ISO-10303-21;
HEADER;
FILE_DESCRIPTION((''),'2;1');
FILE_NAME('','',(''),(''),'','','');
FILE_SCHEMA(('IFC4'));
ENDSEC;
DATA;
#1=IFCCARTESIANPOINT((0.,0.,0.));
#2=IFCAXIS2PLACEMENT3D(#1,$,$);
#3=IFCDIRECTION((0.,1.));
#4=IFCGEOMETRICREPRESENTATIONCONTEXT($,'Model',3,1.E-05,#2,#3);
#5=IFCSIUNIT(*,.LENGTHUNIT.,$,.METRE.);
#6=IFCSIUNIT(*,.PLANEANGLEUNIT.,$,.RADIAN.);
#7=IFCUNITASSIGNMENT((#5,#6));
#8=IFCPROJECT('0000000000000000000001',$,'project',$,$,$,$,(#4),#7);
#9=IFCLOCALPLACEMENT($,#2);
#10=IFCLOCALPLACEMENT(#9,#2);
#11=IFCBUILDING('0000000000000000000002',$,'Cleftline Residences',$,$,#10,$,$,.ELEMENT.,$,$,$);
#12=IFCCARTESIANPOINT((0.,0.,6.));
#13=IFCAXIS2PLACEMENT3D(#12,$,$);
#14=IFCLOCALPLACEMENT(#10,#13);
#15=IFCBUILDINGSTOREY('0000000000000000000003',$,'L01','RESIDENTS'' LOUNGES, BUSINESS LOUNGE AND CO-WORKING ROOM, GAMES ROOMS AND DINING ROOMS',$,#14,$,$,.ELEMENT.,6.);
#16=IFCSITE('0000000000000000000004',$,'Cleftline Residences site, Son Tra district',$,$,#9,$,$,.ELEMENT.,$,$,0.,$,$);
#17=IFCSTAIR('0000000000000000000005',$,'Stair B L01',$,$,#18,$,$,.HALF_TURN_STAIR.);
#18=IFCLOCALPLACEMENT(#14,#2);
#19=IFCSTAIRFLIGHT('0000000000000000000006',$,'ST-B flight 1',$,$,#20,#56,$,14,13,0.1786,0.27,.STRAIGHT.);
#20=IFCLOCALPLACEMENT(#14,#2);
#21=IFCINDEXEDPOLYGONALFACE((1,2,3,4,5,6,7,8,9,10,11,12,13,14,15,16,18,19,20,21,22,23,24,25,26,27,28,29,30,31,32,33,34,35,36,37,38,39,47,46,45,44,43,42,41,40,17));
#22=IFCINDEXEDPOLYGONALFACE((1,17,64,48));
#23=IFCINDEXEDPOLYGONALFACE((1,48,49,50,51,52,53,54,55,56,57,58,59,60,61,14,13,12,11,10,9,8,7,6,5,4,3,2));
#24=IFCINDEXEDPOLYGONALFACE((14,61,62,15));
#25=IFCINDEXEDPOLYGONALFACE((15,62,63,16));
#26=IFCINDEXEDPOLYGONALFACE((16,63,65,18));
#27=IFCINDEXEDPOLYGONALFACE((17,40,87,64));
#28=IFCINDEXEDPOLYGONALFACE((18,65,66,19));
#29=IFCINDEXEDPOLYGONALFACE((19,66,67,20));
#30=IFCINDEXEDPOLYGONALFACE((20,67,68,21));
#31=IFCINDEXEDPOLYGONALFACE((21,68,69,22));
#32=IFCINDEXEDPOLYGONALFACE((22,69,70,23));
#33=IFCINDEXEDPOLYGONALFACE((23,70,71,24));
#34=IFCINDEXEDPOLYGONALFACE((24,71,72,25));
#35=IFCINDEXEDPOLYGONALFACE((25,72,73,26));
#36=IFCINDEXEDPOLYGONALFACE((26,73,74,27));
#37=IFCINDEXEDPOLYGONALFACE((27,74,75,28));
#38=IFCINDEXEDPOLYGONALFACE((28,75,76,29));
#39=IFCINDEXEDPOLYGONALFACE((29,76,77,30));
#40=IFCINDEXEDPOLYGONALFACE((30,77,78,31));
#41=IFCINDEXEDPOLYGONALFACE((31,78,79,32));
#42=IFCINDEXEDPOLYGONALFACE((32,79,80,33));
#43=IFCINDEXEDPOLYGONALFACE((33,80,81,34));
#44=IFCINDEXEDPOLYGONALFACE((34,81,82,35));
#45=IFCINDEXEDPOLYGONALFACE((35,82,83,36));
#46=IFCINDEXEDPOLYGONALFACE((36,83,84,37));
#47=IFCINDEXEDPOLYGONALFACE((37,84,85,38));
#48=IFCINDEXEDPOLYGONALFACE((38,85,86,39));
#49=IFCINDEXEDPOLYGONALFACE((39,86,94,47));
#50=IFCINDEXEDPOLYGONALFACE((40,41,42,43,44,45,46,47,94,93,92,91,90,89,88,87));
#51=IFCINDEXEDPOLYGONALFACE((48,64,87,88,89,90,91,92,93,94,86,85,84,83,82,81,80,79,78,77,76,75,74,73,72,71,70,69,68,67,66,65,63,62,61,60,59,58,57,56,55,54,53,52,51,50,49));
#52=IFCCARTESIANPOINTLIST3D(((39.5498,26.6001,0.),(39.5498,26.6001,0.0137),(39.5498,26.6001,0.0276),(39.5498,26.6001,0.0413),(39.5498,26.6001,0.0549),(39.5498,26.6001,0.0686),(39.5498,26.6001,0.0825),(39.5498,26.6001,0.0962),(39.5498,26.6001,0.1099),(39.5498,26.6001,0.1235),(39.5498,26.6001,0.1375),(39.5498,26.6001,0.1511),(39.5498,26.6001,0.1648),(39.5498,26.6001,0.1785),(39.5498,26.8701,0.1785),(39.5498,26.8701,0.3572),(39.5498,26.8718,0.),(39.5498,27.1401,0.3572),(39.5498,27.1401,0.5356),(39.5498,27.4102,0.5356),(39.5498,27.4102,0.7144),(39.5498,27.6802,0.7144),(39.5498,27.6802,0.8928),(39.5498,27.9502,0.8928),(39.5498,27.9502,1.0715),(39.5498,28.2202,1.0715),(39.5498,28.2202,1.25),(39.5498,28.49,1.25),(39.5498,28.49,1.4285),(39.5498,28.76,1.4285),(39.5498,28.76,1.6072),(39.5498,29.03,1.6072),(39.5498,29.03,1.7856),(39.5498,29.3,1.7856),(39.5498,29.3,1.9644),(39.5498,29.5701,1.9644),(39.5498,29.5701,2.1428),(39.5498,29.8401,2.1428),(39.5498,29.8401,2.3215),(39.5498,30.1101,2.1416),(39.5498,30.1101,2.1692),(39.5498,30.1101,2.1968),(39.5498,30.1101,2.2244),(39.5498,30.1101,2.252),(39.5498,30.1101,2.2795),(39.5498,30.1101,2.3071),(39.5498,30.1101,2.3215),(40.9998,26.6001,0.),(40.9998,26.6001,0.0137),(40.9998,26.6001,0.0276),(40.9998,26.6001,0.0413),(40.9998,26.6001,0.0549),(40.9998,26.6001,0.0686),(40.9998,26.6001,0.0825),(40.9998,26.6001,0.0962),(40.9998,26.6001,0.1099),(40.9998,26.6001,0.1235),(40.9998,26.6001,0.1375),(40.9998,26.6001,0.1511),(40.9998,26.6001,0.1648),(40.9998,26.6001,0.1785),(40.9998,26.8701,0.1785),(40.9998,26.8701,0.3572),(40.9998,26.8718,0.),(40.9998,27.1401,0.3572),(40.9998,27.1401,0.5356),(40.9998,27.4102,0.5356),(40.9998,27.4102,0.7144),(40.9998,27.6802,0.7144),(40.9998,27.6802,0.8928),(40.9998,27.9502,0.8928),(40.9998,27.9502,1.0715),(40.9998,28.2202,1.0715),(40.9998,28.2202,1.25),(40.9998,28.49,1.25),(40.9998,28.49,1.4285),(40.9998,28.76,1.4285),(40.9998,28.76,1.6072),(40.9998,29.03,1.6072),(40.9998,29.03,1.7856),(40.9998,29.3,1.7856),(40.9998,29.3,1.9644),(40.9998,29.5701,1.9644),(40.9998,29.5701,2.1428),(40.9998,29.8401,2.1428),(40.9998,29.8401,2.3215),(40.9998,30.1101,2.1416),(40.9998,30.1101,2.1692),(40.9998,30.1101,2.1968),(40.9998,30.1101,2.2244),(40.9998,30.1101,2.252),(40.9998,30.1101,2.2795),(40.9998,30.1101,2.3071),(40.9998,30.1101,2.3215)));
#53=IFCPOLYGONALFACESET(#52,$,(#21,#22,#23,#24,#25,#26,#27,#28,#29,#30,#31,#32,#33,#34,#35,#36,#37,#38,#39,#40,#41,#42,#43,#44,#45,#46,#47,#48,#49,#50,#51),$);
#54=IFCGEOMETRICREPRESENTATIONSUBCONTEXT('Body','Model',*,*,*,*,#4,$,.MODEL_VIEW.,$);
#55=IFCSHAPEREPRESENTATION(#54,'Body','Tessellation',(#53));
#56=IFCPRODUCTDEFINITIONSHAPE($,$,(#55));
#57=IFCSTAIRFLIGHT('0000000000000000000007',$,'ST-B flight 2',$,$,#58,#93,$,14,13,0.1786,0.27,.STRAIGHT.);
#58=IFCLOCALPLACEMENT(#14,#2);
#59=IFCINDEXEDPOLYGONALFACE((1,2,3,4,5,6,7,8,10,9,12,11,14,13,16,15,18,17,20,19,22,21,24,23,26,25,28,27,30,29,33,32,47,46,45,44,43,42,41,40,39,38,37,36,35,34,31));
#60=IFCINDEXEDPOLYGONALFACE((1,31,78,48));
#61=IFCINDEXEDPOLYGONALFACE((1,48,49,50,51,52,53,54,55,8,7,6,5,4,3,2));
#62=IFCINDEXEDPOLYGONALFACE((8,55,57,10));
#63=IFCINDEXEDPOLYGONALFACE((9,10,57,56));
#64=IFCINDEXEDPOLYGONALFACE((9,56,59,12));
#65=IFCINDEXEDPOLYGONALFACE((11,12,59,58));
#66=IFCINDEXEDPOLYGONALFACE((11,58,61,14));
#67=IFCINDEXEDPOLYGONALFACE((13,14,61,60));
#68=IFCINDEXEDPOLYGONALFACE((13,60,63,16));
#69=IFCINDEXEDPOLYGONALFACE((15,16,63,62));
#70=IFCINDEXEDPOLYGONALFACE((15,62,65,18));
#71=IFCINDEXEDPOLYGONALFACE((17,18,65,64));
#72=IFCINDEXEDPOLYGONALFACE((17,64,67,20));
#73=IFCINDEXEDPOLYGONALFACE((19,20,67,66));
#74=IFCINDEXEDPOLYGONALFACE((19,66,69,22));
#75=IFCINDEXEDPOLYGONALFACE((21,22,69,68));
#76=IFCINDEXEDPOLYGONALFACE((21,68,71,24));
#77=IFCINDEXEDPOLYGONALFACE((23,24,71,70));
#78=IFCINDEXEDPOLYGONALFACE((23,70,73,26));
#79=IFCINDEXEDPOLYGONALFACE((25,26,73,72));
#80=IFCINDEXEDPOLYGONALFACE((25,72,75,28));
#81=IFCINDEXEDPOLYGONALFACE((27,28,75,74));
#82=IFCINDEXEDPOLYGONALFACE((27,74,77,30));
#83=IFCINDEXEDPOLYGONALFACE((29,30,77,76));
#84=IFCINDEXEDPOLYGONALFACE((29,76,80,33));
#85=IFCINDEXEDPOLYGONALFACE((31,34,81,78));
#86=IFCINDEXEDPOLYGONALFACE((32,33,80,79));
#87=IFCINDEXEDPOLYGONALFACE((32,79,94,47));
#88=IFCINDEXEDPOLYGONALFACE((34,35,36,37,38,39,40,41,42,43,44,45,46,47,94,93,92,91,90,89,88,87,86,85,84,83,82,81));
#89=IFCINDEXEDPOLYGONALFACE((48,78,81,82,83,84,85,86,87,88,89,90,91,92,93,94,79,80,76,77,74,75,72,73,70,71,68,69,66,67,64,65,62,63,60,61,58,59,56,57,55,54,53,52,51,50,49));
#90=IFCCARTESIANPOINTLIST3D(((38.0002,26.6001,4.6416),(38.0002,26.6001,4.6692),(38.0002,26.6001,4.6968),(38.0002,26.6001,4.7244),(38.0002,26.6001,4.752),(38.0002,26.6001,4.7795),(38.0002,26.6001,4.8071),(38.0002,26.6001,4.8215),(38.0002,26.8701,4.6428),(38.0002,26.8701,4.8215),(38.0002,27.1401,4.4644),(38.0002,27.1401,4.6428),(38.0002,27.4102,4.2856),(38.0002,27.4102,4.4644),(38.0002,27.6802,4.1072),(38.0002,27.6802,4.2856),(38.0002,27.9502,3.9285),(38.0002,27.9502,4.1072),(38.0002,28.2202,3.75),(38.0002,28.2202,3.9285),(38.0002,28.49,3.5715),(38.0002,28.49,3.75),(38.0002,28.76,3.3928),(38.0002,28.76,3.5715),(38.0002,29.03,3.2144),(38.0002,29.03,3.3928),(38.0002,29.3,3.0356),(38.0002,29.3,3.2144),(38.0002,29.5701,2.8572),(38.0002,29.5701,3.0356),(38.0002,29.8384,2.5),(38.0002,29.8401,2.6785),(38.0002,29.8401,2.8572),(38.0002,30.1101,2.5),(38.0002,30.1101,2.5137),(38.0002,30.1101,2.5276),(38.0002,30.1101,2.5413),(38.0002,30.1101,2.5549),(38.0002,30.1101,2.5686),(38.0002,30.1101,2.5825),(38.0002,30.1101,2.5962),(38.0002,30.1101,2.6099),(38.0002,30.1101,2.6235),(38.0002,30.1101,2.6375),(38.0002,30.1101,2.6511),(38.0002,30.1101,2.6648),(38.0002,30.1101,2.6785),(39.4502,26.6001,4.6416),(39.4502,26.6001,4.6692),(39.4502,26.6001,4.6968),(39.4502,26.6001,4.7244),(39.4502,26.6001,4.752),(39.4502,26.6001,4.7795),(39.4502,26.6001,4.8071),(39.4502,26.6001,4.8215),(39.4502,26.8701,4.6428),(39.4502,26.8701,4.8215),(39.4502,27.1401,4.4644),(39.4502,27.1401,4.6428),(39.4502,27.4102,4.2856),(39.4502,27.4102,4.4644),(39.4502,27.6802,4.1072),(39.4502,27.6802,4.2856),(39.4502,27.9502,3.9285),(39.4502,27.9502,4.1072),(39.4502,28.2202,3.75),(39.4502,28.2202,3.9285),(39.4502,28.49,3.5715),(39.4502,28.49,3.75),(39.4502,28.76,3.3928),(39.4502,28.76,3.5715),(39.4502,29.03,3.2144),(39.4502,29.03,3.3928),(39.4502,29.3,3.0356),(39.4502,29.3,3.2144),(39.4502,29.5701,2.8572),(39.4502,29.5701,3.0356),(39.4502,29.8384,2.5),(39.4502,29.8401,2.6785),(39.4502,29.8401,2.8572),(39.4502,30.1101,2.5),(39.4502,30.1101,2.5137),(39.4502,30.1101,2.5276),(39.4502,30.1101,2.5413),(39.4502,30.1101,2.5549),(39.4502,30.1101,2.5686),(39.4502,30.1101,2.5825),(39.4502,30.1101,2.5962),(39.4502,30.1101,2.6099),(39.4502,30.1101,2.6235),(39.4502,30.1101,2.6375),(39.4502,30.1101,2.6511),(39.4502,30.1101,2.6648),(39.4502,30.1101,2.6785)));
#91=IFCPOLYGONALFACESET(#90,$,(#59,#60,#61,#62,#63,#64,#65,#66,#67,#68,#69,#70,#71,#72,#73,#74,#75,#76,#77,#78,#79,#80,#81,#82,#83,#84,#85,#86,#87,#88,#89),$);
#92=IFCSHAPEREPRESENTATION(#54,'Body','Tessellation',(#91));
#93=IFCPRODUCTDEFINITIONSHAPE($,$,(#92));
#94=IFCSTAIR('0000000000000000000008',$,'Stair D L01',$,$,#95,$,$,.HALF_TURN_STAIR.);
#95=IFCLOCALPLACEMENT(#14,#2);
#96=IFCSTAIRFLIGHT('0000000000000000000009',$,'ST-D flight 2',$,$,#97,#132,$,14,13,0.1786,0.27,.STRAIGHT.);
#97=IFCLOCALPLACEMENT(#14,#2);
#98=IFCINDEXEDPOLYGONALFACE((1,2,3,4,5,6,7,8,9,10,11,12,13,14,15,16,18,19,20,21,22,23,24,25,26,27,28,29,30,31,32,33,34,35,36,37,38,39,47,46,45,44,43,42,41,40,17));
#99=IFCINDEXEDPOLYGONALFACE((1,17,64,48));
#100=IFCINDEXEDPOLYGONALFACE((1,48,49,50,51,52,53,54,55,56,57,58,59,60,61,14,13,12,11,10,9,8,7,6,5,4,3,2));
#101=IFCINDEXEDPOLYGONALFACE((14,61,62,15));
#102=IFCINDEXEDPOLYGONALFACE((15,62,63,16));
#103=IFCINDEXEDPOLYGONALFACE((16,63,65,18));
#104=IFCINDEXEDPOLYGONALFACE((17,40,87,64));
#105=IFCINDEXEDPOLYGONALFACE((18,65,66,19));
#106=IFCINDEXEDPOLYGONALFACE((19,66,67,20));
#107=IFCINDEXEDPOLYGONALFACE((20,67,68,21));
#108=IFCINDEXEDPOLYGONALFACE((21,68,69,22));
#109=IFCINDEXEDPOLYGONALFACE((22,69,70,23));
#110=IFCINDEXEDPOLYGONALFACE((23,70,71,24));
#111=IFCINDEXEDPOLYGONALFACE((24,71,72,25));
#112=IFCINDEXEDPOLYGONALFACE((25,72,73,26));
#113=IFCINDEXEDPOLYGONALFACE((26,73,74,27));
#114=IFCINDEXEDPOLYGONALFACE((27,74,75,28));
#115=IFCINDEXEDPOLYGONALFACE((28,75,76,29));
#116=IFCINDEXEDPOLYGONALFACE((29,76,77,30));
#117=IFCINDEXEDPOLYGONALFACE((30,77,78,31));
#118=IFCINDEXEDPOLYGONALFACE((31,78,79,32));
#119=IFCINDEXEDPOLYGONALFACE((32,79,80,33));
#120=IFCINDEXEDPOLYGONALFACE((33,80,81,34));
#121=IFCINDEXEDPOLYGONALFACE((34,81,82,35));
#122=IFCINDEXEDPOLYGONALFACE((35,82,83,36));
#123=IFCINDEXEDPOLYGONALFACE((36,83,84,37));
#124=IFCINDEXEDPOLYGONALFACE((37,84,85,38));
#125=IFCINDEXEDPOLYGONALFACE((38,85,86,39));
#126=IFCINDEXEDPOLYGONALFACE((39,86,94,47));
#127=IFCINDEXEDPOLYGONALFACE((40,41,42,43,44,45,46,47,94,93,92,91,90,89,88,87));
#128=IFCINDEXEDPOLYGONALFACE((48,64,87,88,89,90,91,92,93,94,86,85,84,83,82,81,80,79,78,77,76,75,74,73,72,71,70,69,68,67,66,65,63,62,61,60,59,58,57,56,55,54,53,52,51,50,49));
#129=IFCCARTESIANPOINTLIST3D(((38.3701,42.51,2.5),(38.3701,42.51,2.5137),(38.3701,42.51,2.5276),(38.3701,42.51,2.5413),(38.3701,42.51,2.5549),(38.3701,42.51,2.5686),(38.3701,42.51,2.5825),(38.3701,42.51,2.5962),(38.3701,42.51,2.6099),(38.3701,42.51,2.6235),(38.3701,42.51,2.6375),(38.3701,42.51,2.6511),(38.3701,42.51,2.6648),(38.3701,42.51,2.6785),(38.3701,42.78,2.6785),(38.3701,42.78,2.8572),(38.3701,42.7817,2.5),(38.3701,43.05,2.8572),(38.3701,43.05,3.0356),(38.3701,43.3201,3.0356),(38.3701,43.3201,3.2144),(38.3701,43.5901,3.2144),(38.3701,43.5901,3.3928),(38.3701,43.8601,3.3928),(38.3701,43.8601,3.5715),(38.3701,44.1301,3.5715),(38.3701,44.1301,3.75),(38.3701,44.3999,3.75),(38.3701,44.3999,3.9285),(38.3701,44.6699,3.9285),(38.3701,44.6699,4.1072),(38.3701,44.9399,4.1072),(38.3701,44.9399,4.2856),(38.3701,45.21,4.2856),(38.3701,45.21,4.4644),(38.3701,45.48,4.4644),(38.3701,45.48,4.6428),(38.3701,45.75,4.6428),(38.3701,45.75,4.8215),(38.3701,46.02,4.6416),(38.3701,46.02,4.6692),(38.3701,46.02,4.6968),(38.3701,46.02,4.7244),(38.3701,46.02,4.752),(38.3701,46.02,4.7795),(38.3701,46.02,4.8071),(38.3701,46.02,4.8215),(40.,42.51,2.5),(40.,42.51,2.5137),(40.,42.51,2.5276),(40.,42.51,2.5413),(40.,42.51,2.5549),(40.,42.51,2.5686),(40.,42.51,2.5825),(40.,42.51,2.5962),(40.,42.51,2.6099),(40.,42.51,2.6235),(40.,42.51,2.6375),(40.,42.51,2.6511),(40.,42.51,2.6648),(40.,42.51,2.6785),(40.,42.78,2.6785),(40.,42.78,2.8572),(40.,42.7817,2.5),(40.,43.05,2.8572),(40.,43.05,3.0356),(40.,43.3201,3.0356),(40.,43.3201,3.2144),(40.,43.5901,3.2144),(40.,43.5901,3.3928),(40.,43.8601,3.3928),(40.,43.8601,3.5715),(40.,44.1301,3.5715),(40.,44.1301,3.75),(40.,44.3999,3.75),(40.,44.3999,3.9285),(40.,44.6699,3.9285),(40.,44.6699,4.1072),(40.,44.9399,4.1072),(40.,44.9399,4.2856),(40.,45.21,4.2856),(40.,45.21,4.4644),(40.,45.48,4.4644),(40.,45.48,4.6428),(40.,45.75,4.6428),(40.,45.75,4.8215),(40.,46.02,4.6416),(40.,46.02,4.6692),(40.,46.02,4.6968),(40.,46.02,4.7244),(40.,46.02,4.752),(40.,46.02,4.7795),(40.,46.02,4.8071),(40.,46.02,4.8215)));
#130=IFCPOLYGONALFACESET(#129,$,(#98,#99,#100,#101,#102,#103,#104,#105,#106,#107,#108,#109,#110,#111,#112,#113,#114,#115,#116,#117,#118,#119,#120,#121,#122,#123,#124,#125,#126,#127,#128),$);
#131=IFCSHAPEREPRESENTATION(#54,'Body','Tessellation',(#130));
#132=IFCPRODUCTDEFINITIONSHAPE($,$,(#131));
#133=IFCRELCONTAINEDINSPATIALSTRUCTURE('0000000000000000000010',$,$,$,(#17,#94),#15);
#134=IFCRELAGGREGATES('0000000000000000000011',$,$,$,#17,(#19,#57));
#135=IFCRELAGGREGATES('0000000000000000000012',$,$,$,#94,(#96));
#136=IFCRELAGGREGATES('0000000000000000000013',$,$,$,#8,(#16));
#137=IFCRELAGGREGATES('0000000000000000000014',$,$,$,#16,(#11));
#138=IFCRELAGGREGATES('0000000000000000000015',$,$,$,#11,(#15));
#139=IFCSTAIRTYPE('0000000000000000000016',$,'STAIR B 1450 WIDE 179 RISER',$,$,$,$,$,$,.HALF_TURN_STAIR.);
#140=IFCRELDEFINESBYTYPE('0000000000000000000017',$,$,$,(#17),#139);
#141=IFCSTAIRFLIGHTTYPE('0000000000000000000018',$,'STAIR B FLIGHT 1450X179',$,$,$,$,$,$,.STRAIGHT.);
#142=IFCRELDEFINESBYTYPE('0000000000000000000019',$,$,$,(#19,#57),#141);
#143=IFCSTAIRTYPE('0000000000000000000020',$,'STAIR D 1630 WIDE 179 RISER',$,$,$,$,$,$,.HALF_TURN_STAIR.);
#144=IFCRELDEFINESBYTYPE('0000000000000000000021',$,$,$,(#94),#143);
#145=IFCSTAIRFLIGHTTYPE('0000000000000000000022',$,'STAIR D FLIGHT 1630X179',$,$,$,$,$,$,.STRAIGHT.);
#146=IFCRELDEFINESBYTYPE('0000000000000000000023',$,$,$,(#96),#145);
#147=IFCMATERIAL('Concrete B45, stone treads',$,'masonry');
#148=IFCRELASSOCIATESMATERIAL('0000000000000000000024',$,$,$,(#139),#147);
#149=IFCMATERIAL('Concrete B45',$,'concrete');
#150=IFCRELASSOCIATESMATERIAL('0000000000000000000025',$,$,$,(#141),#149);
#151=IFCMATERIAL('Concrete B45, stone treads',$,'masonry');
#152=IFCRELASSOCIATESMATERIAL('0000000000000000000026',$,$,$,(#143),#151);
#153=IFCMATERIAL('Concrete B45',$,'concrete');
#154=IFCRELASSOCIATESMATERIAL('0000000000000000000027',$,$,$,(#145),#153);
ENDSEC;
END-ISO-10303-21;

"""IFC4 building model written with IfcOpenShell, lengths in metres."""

from ifc_helpers import new_model, si_unit, direction, frame, origin, place, context, subcontext, project, spatial, polyline, outline, extrude, material, type_object, element, aggregate, save


model = new_model("IFC4")

# Units and contexts
model_context = context("Model", 3, precision=1e-05, world=origin(), true_north=direction((0.0, 1.0)))
body_context = subcontext(model_context, "Body", "Model", "MODEL_VIEW")
ifc_project = project(units=[si_unit("LENGTHUNIT", "METRE"), si_unit("PLANEANGLEUNIT", "RADIAN")], contexts=[model_context])

# Site, building, storey
site_placement = place(None, origin())
site = spatial("IfcSite", under=ifc_project, at=site_placement, Name="Cleftline Residences site, Son Tra district", CompositionType="ELEMENT", RefElevation=0.0)
building_placement = place(site_placement, origin())
building = spatial("IfcBuilding", under=site, at=building_placement, Name="Cleftline Residences", CompositionType="ELEMENT")
storey_placement = place(building_placement, frame((0.0, 0.0, 6.0)))
storey = spatial("IfcBuildingStorey", under=building, at=storey_placement, Name="L01", Description="RESIDENTS' LOUNGES, BUSINESS LOUNGE AND CO-WORKING ROOM, GAMES ROOMS AND DINING ROOMS", CompositionType="ELEMENT", Elevation=6.0)

# Stair, stair flights
ifc_material_1 = material(Name="Concrete B45, stone treads", Category="masonry")
stair_type_1 = type_object("IfcStairType", Name="STAIR B 1450 WIDE 179 RISER", PredefinedType="HALF_TURN_STAIR", material=ifc_material_1)
stair_1_placement = place(storey_placement, origin())
stair_1 = element("IfcStair", 1, at=stair_1_placement, inside=storey, type_object=stair_type_1, Name="Stair B L01", PredefinedType="HALF_TURN_STAIR")
ifc_material_2 = material(Name="Concrete B45", Category="concrete")
stair_flight_type_1 = type_object("IfcStairFlightType", Name="STAIR B FLIGHT 1450X179", PredefinedType="STRAIGHT", material=ifc_material_2)
stair_flight_1_placement = place(storey_placement, frame((40.2749, 26.6001, 0.0), z_axis=(0.0, 0.0, 1.0), x_axis=(0.0, 1.0, 0.0)))
stair_flight_1 = element("IfcStairFlight", 2, at=stair_flight_1_placement, type_object=stair_flight_type_1, Name="ST-B flight 1", NumberOfRisers=14, NumberOfTreads=13, PredefinedType="STRAIGHT", RiserHeight=0.1786, TreadLength=0.27, context=body_context, shape_type="SweptSolid", body=[
    extrude(outline(polyline([(0.0, 0.0), (0.0, 0.0137), (0.0, 0.0276), (0.0, 0.0413), (0.0, 0.0549), (0.0, 0.0686), (0.0, 0.0825), (0.0, 0.0962), (0.0, 0.1099), (0.0, 0.1235), (0.0, 0.1375), (0.0, 0.1511), (0.0, 0.1648), (0.0, 0.1785), (0.27, 0.1785), (0.27, 0.3572), (0.54, 0.3572), (0.54, 0.5356), (0.8101, 0.5356), (0.8101, 0.7144), (1.0801, 0.7144), (1.0801, 0.8928), (1.3501, 0.8928), (1.3501, 1.0715), (1.6201, 1.0715), (1.6201, 1.25), (1.8899, 1.25), (1.8899, 1.4285), (2.1599, 1.4285), (2.1599, 1.6072), (2.4299, 1.6072), (2.4299, 1.7856), (2.7, 1.7856), (2.7, 1.9644), (2.97, 1.9644), (2.97, 2.1428), (3.24, 2.1428), (3.24, 2.3215), (3.51, 2.3215), (3.51, 2.5), (3.51, 2.4724), (3.51, 2.4448), (3.51, 2.4172), (3.51, 2.3896), (3.51, 2.3623), (3.51, 2.3347), (3.51, 2.3071), (3.51, 2.2795), (3.51, 2.252), (3.51, 2.2244), (3.51, 2.1968), (3.51, 2.1692), (3.51, 2.1416), (0.2717, 0.0), (0.0, 0.0)])), frame((0.0, 0.7251, 0.0), z_axis=(0.0, -1.0, 0.0), x_axis=(1.0, 0.0, 0.0)), (0.0, 0.0, 1.0), 1.45),
])
stair_flight_2_placement = place(storey_placement, frame((38.7251, 30.1101, 2.5), z_axis=(0.0, 0.0, 1.0), x_axis=(0.0, -1.0, 0.0)))
stair_flight_2 = element("IfcStairFlight", 3, at=stair_flight_2_placement, type_object=stair_flight_type_1, Name="ST-B flight 2", NumberOfRisers=14, NumberOfTreads=13, PredefinedType="STRAIGHT", RiserHeight=0.1786, TreadLength=0.27, context=body_context, shape_type="SweptSolid", body=[
    extrude(outline(polyline([(0.0, 0.0), (0.0, 0.0137), (0.0, 0.0276), (0.0, 0.0413), (0.0, 0.0549), (0.0, 0.0686), (0.0, 0.0825), (0.0, 0.0962), (0.0, 0.1099), (0.0, 0.1235), (0.0, 0.1375), (0.0, 0.1511), (0.0, 0.1648), (0.0, 0.1785), (0.27, 0.1785), (0.27, 0.3572), (0.54, 0.3572), (0.54, 0.5356), (0.8101, 0.5356), (0.8101, 0.7144), (1.0801, 0.7144), (1.0801, 0.8928), (1.3501, 0.8928), (1.3501, 1.0715), (1.6201, 1.0715), (1.6201, 1.25), (1.8899, 1.25), (1.8899, 1.4285), (2.1599, 1.4285), (2.1599, 1.6072), (2.4299, 1.6072), (2.4299, 1.7856), (2.7, 1.7856), (2.7, 1.9644), (2.97, 1.9644), (2.97, 2.1428), (3.24, 2.1428), (3.24, 2.3215), (3.51, 2.3215), (3.51, 2.5), (3.51, 2.4724), (3.51, 2.4448), (3.51, 2.4172), (3.51, 2.3896), (3.51, 2.3623), (3.51, 2.3347), (3.51, 2.3071), (3.51, 2.2795), (3.51, 2.252), (3.51, 2.2244), (3.51, 2.1968), (3.51, 2.1692), (3.51, 2.1416), (0.2717, 0.0), (0.0, 0.0)])), frame((0.0, 0.7251, 0.0), z_axis=(0.0, -1.0, 0.0), x_axis=(1.0, 0.0, 0.0)), (0.0, 0.0, 1.0), 1.45),
])
aggregate(stair_1, [stair_flight_1, stair_flight_2])

# Stair, stair flight
ifc_material_3 = material(Name="Concrete B45, stone treads", Category="masonry")
stair_type_2 = type_object("IfcStairType", Name="STAIR D 1630 WIDE 179 RISER", PredefinedType="HALF_TURN_STAIR", material=ifc_material_3)
stair_2_placement = place(storey_placement, origin())
stair_2 = element("IfcStair", 4, at=stair_2_placement, inside=storey, type_object=stair_type_2, Name="Stair D L01", PredefinedType="HALF_TURN_STAIR")
ifc_material_4 = material(Name="Concrete B45", Category="concrete")
stair_flight_type_2 = type_object("IfcStairFlightType", Name="STAIR D FLIGHT 1630X179", PredefinedType="STRAIGHT", material=ifc_material_4)
stair_flight_3_placement = place(storey_placement, frame((39.1851, 42.51, 2.5), z_axis=(0.0, 0.0, 1.0), x_axis=(0.0, 1.0, 0.0)))
stair_flight_3 = element("IfcStairFlight", 5, at=stair_flight_3_placement, type_object=stair_flight_type_2, Name="ST-D flight 2", NumberOfRisers=14, NumberOfTreads=13, PredefinedType="STRAIGHT", RiserHeight=0.1786, TreadLength=0.27, context=body_context, shape_type="SweptSolid", body=[
    extrude(outline(polyline([(0.0, 0.0), (0.0, 0.0137), (0.0, 0.0276), (0.0, 0.0413), (0.0, 0.0549), (0.0, 0.0686), (0.0, 0.0825), (0.0, 0.0962), (0.0, 0.1099), (0.0, 0.1235), (0.0, 0.1375), (0.0, 0.1511), (0.0, 0.1648), (0.0, 0.1785), (0.27, 0.1785), (0.27, 0.3572), (0.54, 0.3572), (0.54, 0.5356), (0.8101, 0.5356), (0.8101, 0.7144), (1.0801, 0.7144), (1.0801, 0.8928), (1.3501, 0.8928), (1.3501, 1.0715), (1.6201, 1.0715), (1.6201, 1.25), (1.8899, 1.25), (1.8899, 1.4285), (2.1599, 1.4285), (2.1599, 1.6072), (2.4299, 1.6072), (2.4299, 1.7856), (2.7, 1.7856), (2.7, 1.9644), (2.97, 1.9644), (2.97, 2.1428), (3.24, 2.1428), (3.24, 2.3215), (3.51, 2.3215), (3.51, 2.5), (3.51, 2.4724), (3.51, 2.4448), (3.51, 2.4172), (3.51, 2.3896), (3.51, 2.3623), (3.51, 2.3347), (3.51, 2.3071), (3.51, 2.2795), (3.51, 2.252), (3.51, 2.2244), (3.51, 2.1968), (3.51, 2.1692), (3.51, 2.1416), (0.2717, 0.0), (0.0, 0.0)])), frame((0.0, 0.8149, 0.0), z_axis=(0.0, -1.0, 0.0), x_axis=(1.0, 0.0, 0.0)), (0.0, 0.0, 1.0), 1.6299),
])
aggregate(stair_2, [stair_flight_3])

save(model, "model.ifc")
